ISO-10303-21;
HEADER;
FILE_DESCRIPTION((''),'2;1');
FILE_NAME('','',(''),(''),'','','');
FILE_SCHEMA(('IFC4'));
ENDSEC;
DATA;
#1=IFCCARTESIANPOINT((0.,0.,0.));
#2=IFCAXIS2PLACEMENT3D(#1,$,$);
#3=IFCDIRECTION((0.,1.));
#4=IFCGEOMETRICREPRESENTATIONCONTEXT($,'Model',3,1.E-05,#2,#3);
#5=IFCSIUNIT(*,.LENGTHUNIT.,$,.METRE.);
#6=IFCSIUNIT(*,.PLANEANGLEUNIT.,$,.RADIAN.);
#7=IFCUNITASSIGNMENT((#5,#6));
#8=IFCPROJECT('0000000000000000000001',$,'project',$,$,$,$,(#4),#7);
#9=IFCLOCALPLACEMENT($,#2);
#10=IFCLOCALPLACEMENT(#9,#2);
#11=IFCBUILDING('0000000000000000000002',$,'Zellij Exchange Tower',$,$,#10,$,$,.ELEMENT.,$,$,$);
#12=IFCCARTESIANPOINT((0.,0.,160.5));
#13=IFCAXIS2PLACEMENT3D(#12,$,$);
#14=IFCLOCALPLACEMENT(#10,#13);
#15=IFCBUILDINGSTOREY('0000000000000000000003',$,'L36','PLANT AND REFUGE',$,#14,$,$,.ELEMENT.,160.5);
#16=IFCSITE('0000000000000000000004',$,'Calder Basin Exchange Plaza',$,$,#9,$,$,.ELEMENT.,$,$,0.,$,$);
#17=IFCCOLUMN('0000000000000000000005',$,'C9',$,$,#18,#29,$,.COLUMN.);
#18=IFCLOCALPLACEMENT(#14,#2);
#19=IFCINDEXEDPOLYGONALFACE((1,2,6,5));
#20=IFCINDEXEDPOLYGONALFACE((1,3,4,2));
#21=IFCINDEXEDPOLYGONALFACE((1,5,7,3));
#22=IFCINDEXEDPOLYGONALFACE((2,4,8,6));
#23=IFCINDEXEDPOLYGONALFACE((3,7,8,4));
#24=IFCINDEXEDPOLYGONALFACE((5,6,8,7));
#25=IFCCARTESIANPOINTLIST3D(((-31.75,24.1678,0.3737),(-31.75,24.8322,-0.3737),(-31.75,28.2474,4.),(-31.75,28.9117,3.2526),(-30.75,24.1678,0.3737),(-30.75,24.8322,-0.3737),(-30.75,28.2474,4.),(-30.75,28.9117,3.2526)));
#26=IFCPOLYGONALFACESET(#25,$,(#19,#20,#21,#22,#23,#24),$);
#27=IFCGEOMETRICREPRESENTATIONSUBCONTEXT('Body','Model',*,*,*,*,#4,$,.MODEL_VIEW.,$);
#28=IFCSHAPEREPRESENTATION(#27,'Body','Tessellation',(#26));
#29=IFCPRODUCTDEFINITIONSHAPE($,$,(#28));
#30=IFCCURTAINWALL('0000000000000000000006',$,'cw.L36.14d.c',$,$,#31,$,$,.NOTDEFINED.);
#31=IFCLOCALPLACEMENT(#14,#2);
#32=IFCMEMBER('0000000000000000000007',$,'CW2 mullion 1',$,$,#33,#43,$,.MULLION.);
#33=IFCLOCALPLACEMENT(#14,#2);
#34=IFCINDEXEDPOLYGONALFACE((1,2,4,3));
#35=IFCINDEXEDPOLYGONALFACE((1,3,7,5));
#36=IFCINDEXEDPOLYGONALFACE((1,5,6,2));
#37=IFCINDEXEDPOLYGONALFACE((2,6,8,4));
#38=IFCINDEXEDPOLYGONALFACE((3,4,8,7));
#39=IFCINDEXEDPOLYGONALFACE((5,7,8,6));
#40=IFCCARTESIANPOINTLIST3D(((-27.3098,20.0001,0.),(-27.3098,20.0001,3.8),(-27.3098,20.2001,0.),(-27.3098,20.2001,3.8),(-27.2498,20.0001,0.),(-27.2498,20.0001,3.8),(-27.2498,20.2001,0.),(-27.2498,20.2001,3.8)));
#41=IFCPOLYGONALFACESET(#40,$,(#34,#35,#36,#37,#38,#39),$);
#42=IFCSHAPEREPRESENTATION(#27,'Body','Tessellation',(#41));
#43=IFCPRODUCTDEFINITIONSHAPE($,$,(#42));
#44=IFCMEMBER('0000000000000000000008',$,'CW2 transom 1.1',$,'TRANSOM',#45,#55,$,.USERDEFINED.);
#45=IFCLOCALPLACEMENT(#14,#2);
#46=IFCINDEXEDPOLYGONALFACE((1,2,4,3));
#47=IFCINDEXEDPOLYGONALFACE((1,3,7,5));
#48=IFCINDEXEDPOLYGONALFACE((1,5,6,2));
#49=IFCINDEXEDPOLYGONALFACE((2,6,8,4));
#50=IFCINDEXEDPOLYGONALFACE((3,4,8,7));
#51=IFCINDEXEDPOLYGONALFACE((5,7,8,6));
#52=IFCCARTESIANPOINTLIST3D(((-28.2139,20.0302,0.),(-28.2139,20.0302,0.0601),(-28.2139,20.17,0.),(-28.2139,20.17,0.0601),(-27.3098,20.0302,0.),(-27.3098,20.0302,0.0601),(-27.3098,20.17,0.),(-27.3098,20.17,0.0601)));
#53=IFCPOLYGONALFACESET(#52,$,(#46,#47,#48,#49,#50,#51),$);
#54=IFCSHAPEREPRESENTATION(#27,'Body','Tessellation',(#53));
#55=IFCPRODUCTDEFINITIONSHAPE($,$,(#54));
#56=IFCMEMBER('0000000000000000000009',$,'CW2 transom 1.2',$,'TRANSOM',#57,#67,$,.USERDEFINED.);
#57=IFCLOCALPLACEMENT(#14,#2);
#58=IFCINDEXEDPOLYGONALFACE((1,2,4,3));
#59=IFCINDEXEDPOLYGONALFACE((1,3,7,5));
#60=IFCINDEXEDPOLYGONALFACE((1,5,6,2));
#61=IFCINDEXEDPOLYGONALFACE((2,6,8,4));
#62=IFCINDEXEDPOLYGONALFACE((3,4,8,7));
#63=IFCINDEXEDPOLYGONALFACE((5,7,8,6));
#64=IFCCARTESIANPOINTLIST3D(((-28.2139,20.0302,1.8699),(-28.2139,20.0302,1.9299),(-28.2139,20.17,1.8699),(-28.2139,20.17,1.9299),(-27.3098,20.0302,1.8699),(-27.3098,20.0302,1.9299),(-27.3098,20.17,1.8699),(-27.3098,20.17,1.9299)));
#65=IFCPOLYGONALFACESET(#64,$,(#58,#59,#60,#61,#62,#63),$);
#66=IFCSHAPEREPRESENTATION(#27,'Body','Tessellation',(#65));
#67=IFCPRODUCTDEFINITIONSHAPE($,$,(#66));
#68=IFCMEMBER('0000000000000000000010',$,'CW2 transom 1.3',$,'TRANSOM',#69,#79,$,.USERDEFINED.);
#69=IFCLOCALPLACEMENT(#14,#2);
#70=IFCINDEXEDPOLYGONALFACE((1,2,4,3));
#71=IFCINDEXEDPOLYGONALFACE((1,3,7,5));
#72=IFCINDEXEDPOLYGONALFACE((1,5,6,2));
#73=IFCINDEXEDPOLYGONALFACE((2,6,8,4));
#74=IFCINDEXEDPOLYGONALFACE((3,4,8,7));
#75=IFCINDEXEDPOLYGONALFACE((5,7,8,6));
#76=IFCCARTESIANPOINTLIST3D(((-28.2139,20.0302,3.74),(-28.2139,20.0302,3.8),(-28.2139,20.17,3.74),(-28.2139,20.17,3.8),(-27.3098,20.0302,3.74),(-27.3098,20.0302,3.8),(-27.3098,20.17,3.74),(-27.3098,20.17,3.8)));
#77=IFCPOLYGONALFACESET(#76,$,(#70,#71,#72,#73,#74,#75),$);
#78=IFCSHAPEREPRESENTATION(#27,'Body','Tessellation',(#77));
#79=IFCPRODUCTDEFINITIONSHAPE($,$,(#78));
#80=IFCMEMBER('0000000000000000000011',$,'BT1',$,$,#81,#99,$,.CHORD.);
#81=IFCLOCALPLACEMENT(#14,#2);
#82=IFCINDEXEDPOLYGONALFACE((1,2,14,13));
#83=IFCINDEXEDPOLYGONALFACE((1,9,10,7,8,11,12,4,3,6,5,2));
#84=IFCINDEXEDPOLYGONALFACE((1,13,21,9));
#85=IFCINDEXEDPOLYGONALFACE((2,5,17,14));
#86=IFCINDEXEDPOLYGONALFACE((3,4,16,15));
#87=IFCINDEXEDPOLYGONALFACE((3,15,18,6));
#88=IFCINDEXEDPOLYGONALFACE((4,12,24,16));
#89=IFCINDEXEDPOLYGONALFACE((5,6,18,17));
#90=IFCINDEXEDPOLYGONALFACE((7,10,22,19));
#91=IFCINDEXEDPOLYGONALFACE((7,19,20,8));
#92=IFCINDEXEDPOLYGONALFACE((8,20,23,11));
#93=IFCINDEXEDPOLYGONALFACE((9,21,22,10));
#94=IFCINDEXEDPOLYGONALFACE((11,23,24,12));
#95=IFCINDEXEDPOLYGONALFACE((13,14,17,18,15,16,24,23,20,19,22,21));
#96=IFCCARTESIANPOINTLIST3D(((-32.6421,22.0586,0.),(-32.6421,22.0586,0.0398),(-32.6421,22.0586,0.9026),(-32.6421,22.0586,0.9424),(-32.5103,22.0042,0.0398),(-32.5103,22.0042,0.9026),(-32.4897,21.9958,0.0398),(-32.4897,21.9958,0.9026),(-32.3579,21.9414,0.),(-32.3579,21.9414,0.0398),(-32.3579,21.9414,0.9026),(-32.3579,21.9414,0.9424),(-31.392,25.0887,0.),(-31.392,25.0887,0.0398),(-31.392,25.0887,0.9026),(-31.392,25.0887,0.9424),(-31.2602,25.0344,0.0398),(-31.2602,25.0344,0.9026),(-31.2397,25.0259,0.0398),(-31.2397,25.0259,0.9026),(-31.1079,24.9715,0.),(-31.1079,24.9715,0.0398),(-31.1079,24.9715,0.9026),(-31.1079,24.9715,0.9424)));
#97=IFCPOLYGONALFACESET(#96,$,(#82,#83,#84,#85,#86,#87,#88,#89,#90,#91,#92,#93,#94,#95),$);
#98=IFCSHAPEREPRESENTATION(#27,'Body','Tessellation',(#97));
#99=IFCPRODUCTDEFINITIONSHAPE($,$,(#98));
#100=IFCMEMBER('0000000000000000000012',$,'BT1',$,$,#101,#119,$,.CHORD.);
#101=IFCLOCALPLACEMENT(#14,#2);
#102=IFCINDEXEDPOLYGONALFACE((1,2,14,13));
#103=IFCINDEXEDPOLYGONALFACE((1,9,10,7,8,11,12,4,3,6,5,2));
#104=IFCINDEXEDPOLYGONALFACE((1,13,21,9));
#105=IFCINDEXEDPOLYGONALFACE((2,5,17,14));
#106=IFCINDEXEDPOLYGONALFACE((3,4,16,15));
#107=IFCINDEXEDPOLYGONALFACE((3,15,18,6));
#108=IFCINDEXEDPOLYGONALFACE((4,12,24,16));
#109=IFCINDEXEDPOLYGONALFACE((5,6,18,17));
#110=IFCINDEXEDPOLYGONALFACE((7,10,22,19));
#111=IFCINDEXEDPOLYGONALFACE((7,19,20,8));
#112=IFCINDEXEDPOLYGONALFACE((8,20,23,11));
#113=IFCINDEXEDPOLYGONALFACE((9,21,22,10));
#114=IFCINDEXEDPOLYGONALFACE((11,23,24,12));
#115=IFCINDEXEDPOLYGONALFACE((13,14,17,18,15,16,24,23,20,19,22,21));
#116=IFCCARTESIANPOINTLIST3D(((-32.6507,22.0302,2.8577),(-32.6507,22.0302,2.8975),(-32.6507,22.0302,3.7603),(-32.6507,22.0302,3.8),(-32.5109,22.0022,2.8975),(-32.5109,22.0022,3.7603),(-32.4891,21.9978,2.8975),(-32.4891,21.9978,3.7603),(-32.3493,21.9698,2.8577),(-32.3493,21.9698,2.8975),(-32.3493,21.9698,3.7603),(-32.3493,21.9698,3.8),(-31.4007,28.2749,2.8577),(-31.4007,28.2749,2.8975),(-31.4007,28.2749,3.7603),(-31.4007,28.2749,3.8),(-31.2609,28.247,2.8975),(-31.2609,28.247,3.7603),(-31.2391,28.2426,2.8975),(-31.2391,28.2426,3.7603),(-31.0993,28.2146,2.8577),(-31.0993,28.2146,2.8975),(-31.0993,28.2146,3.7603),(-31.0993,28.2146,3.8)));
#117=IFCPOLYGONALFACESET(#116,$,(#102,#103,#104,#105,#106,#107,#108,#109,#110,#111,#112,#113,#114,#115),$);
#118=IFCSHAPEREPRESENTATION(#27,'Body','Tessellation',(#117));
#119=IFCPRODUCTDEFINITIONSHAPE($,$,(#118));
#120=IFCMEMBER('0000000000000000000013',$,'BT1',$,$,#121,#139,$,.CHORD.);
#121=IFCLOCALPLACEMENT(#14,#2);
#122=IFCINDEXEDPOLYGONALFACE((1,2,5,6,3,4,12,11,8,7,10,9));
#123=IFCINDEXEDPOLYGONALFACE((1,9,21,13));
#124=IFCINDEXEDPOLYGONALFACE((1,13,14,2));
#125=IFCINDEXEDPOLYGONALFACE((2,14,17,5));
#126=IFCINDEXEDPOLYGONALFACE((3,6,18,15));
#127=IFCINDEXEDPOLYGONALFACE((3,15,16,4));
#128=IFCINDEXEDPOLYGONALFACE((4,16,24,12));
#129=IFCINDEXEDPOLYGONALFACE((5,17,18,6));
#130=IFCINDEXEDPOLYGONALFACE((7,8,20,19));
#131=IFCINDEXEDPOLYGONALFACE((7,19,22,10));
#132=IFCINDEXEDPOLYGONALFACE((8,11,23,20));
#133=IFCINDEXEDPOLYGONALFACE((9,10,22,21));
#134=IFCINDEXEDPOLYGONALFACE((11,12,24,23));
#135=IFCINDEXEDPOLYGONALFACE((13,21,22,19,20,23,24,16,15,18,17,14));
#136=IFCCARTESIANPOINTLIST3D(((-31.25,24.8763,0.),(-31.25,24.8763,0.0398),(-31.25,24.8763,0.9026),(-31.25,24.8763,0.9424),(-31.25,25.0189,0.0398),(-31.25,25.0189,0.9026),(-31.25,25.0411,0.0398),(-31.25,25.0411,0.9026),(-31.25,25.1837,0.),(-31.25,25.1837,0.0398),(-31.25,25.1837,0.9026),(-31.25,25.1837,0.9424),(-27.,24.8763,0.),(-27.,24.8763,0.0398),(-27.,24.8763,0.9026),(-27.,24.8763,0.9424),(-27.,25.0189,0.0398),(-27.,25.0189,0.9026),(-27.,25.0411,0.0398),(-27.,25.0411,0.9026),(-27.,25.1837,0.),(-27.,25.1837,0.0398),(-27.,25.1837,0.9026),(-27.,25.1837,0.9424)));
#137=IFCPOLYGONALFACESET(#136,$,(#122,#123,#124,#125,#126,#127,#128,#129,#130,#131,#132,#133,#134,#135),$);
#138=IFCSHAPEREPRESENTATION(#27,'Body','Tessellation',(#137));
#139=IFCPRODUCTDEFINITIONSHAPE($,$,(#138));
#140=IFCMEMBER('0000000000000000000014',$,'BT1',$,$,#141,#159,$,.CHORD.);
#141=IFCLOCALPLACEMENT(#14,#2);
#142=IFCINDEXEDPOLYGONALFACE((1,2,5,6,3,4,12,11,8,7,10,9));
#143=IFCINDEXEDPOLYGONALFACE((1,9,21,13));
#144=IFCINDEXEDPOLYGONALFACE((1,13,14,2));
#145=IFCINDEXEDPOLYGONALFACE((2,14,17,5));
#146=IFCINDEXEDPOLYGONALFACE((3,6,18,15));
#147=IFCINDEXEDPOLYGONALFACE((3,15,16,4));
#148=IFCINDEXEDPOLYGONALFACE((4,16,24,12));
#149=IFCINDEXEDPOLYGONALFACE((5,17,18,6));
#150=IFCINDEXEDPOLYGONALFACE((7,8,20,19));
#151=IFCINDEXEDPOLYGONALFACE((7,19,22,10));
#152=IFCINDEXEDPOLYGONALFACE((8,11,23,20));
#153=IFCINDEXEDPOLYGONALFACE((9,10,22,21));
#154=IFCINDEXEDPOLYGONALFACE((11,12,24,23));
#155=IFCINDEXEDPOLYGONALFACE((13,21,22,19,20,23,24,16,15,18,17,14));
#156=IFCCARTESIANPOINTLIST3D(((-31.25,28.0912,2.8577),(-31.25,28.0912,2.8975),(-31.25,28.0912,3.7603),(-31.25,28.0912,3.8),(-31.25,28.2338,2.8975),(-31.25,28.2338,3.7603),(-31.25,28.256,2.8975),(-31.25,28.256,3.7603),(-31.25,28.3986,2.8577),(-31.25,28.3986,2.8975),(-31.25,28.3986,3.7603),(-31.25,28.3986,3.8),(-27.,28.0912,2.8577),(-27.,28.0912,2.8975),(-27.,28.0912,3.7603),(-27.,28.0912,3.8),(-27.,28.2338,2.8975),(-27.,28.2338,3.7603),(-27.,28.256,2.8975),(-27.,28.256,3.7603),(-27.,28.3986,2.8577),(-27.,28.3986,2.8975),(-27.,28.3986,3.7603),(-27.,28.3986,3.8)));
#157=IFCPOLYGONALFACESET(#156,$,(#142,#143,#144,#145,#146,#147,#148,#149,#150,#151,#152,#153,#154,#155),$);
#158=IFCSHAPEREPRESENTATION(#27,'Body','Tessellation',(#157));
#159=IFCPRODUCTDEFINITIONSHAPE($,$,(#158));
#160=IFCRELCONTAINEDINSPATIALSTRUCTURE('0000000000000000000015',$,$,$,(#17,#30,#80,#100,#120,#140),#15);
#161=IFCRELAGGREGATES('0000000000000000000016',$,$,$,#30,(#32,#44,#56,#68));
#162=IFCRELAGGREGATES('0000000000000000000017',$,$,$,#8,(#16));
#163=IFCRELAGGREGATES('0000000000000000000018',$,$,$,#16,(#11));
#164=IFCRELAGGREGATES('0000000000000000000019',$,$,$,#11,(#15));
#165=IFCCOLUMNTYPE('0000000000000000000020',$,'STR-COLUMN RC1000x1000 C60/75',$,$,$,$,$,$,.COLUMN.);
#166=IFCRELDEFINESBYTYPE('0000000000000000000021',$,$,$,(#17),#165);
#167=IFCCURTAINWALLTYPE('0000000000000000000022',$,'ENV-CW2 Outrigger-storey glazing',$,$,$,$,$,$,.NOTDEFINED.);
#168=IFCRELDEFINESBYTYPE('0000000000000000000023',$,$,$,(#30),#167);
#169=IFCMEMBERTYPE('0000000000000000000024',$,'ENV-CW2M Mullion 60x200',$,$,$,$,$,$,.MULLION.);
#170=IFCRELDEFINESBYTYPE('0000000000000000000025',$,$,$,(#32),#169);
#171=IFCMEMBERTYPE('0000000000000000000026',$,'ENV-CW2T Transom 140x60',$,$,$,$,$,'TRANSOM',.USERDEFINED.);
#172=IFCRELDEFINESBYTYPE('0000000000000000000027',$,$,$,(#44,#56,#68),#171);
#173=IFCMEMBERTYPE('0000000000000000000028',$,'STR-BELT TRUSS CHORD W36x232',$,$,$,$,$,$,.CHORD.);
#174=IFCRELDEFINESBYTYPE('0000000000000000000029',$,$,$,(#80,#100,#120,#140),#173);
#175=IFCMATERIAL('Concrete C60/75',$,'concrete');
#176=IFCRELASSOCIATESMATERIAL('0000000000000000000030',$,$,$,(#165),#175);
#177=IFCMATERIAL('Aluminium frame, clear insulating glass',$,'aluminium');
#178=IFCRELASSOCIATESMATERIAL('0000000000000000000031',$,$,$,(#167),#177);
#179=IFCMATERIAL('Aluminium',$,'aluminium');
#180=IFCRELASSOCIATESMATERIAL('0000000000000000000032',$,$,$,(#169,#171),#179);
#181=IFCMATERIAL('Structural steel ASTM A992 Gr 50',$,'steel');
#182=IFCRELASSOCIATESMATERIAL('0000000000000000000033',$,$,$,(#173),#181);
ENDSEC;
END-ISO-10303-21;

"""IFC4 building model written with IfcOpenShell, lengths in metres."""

from ifc_helpers import new_model, si_unit, direction, frame, origin, origin_2d, place, context, subcontext, project, spatial, rectangle, i_section, extrude, clip, halfspace, material, material_profile, profile_set, type_object, element, aggregate, save


model = new_model("IFC4")

# Units and contexts
model_context = context("Model", 3, precision=1e-05, world=origin(), true_north=direction((0.0, 1.0)))
body_context = subcontext(model_context, "Body", "Model", "MODEL_VIEW")
ifc_project = project(units=[si_unit("LENGTHUNIT", "METRE"), si_unit("PLANEANGLEUNIT", "RADIAN")], contexts=[model_context])

# Site, building, storey
site_placement = place(None, origin())
site = spatial("IfcSite", under=ifc_project, at=site_placement, Name="Calder Basin Exchange Plaza", CompositionType="ELEMENT", RefElevation=0.0)
building_placement = place(site_placement, origin())
building = spatial("IfcBuilding", under=site, at=building_placement, Name="Zellij Exchange Tower", CompositionType="ELEMENT")
storey_placement = place(building_placement, frame((0.0, 0.0, 160.5)))
storey = spatial("IfcBuildingStorey", under=building, at=storey_placement, Name="L36", Description="PLANT AND REFUGE", CompositionType="ELEMENT", Elevation=160.5)

# Column
ifc_material_1 = material(Name="Concrete C60/75", Category="concrete")
ifc_material_profile_1 = material_profile(ifc_material_1, rectangle(XDim=1.0, YDim=1.0, at=origin_2d()), Name="STR-COLUMN RC1000x1000 C60/75")
ifc_profile_set_1 = profile_set([ifc_material_profile_1], Name="Concrete C60/75")
column_type = type_object("IfcColumnType", Name="STR-COLUMN RC1000x1000 C60/75", PredefinedType="COLUMN", material=ifc_profile_set_1)
column_placement = place(storey_placement, frame((-31.25, 24.5, 0.0), z_axis=(0.0, 0.747409, 0.664364), x_axis=(-1.0, 0.0, 0.0)))
element("IfcColumn", 1, at=column_placement, inside=storey, type_object=column_type, Name="C9", PredefinedType="COLUMN", context=body_context, shape_type="Clipping", body=[
    clip(extrude(rectangle(XDim=1.0, YDim=1.0, at=origin_2d()), origin(), (0.0, 0.0, 1.0), 6.0208), halfspace(frame((0.0, 0.0, 5.4583)), False)),
])

# Curtain wall, members
ifc_material_2 = material(Name="Aluminium frame, clear insulating glass", Category="aluminium")
curtain_wall_type = type_object("IfcCurtainWallType", Name="ENV-CW2 Outrigger-storey glazing", PredefinedType="NOTDEFINED", material=ifc_material_2)
curtain_wall_placement = place(storey_placement, origin())
curtain_wall = element("IfcCurtainWall", 2, at=curtain_wall_placement, inside=storey, type_object=curtain_wall_type, Name="cw.L36.14d.c", PredefinedType="NOTDEFINED")
ifc_material_3 = material(Name="Aluminium", Category="aluminium")
ifc_material_profile_2 = material_profile(ifc_material_3, rectangle(XDim=0.0601, YDim=0.2, at=origin_2d()), Name="AL 60x200")
ifc_profile_set_2 = profile_set([ifc_material_profile_2], Name="Aluminium")
member_type_1 = type_object("IfcMemberType", Name="ENV-CW2M Mullion 60x200", PredefinedType="MULLION", material=ifc_profile_set_2)
member_1_placement = place(storey_placement, frame((-27.2798, 20.1001, 0.0), z_axis=(0.0, 0.0, 1.0), x_axis=(-1.0, 0.0, 0.0)))
member_1 = element("IfcMember", 3, at=member_1_placement, type_object=member_type_1, Name="CW2 mullion 1", PredefinedType="MULLION", context=body_context, shape_type="SweptSolid", body=[
    extrude(rectangle(XDim=0.0601, YDim=0.2, at=origin_2d()), origin(), (0.0, 0.0, 1.0), 3.8),
])
ifc_material_profile_3 = material_profile(ifc_material_3, rectangle(XDim=0.1399, YDim=0.0601, at=origin_2d()), Name="AL 140x60")
ifc_profile_set_3 = profile_set([ifc_material_profile_3], Name="Aluminium")
member_type_2 = type_object("IfcMemberType", Name="ENV-CW2T Transom 140x60", ElementType="TRANSOM", PredefinedType="USERDEFINED", material=ifc_profile_set_3)
member_2_placement = place(storey_placement, frame((-27.3098, 20.1001, 0.03), z_axis=(-1.0, 0.0, 0.0), x_axis=(0.0, -1.0, 0.0)))
member_2 = element("IfcMember", 4, at=member_2_placement, type_object=member_type_2, Name="CW2 transom 1.1", ObjectType="TRANSOM", PredefinedType="USERDEFINED", context=body_context, shape_type="SweptSolid", body=[
    extrude(rectangle(XDim=0.1399, YDim=0.0601, at=origin_2d()), origin(), (0.0, 0.0, 1.0), 0.9041),
])
member_3_placement = place(storey_placement, frame((-27.3098, 20.1001, 1.8999), z_axis=(-1.0, 0.0, 0.0), x_axis=(0.0, -1.0, 0.0)))
member_3 = element("IfcMember", 5, at=member_3_placement, type_object=member_type_2, Name="CW2 transom 1.2", ObjectType="TRANSOM", PredefinedType="USERDEFINED", context=body_context, shape_type="SweptSolid", body=[
    extrude(rectangle(XDim=0.1399, YDim=0.0601, at=origin_2d()), origin(), (0.0, 0.0, 1.0), 0.9041),
])
member_4_placement = place(storey_placement, frame((-27.3098, 20.1001, 3.77), z_axis=(-1.0, 0.0, 0.0), x_axis=(0.0, -1.0, 0.0)))
member_4 = element("IfcMember", 6, at=member_4_placement, type_object=member_type_2, Name="CW2 transom 1.3", ObjectType="TRANSOM", PredefinedType="USERDEFINED", context=body_context, shape_type="SweptSolid", body=[
    extrude(rectangle(XDim=0.1399, YDim=0.0601, at=origin_2d()), origin(), (0.0, 0.0, 1.0), 0.9041),
])

# Members
ifc_material_4 = material(Name="Structural steel ASTM A992 Gr 50", Category="steel")
ifc_material_profile_4 = material_profile(ifc_material_4, i_section(OverallWidth=0.3074, OverallDepth=0.9424, WebThickness=0.0222, FlangeThickness=0.0398, at=origin_2d()), Name="W36x232")
ifc_profile_set_4 = profile_set([ifc_material_profile_4], Name="Structural steel ASTM A992 Gr 50")
member_type_3 = type_object("IfcMemberType", Name="STR-BELT TRUSS CHORD W36x232", PredefinedType="CHORD", material=ifc_profile_set_4)
member_5_placement = place(storey_placement, frame((-32.5, 22.0, 0.4712), z_axis=(0.38136, 0.924426, 0.0), x_axis=(-0.924426, 0.38136, 0.0)))
element("IfcMember", 7, at=member_5_placement, inside=storey, type_object=member_type_3, Name="BT1", PredefinedType="CHORD", context=body_context, shape_type="SweptSolid", body=[
    extrude(i_section(OverallWidth=0.3074, OverallDepth=0.9424, WebThickness=0.0222, FlangeThickness=0.0398, at=origin_2d()), origin(), (0.0, 0.0, 1.0), 3.2778),
])
member_6_placement = place(storey_placement, frame((-32.5, 22.0, 3.3289), z_axis=(0.196271, 0.98055, 0.0), x_axis=(-0.98055, 0.196271, 0.0)))
element("IfcMember", 8, at=member_6_placement, inside=storey, type_object=member_type_3, Name="BT1", PredefinedType="CHORD", context=body_context, shape_type="SweptSolid", body=[
    extrude(i_section(OverallWidth=0.3074, OverallDepth=0.9424, WebThickness=0.0222, FlangeThickness=0.0398, at=origin_2d()), origin(), (0.0, 0.0, 1.0), 6.3687),
])
for number, where, z_axis, x_axis, name in (
    (9, (-31.25, 25.03, 0.4712), (1.0, 0.0, 0.0), (0.0, 1.0, 0.0), "BT1"),
    (10, (-31.25, 28.2449, 3.3289), (1.0, 0.0, 0.0), (0.0, 1.0, 0.0), "BT1"),
):
    element("IfcMember", number, at=place(storey_placement, frame(where, z_axis=z_axis, x_axis=x_axis)), inside=storey, type_object=member_type_3, Name=name, PredefinedType="CHORD", context=body_context, shape_type="SweptSolid", body=[
        extrude(i_section(OverallWidth=0.3074, OverallDepth=0.9424, WebThickness=0.0222, FlangeThickness=0.0398, at=origin_2d()), origin(), (0.0, 0.0, 1.0), 4.25),
    ])

aggregate(curtain_wall, [member_1, member_2, member_3, member_4])

save(model, "model.ifc")
